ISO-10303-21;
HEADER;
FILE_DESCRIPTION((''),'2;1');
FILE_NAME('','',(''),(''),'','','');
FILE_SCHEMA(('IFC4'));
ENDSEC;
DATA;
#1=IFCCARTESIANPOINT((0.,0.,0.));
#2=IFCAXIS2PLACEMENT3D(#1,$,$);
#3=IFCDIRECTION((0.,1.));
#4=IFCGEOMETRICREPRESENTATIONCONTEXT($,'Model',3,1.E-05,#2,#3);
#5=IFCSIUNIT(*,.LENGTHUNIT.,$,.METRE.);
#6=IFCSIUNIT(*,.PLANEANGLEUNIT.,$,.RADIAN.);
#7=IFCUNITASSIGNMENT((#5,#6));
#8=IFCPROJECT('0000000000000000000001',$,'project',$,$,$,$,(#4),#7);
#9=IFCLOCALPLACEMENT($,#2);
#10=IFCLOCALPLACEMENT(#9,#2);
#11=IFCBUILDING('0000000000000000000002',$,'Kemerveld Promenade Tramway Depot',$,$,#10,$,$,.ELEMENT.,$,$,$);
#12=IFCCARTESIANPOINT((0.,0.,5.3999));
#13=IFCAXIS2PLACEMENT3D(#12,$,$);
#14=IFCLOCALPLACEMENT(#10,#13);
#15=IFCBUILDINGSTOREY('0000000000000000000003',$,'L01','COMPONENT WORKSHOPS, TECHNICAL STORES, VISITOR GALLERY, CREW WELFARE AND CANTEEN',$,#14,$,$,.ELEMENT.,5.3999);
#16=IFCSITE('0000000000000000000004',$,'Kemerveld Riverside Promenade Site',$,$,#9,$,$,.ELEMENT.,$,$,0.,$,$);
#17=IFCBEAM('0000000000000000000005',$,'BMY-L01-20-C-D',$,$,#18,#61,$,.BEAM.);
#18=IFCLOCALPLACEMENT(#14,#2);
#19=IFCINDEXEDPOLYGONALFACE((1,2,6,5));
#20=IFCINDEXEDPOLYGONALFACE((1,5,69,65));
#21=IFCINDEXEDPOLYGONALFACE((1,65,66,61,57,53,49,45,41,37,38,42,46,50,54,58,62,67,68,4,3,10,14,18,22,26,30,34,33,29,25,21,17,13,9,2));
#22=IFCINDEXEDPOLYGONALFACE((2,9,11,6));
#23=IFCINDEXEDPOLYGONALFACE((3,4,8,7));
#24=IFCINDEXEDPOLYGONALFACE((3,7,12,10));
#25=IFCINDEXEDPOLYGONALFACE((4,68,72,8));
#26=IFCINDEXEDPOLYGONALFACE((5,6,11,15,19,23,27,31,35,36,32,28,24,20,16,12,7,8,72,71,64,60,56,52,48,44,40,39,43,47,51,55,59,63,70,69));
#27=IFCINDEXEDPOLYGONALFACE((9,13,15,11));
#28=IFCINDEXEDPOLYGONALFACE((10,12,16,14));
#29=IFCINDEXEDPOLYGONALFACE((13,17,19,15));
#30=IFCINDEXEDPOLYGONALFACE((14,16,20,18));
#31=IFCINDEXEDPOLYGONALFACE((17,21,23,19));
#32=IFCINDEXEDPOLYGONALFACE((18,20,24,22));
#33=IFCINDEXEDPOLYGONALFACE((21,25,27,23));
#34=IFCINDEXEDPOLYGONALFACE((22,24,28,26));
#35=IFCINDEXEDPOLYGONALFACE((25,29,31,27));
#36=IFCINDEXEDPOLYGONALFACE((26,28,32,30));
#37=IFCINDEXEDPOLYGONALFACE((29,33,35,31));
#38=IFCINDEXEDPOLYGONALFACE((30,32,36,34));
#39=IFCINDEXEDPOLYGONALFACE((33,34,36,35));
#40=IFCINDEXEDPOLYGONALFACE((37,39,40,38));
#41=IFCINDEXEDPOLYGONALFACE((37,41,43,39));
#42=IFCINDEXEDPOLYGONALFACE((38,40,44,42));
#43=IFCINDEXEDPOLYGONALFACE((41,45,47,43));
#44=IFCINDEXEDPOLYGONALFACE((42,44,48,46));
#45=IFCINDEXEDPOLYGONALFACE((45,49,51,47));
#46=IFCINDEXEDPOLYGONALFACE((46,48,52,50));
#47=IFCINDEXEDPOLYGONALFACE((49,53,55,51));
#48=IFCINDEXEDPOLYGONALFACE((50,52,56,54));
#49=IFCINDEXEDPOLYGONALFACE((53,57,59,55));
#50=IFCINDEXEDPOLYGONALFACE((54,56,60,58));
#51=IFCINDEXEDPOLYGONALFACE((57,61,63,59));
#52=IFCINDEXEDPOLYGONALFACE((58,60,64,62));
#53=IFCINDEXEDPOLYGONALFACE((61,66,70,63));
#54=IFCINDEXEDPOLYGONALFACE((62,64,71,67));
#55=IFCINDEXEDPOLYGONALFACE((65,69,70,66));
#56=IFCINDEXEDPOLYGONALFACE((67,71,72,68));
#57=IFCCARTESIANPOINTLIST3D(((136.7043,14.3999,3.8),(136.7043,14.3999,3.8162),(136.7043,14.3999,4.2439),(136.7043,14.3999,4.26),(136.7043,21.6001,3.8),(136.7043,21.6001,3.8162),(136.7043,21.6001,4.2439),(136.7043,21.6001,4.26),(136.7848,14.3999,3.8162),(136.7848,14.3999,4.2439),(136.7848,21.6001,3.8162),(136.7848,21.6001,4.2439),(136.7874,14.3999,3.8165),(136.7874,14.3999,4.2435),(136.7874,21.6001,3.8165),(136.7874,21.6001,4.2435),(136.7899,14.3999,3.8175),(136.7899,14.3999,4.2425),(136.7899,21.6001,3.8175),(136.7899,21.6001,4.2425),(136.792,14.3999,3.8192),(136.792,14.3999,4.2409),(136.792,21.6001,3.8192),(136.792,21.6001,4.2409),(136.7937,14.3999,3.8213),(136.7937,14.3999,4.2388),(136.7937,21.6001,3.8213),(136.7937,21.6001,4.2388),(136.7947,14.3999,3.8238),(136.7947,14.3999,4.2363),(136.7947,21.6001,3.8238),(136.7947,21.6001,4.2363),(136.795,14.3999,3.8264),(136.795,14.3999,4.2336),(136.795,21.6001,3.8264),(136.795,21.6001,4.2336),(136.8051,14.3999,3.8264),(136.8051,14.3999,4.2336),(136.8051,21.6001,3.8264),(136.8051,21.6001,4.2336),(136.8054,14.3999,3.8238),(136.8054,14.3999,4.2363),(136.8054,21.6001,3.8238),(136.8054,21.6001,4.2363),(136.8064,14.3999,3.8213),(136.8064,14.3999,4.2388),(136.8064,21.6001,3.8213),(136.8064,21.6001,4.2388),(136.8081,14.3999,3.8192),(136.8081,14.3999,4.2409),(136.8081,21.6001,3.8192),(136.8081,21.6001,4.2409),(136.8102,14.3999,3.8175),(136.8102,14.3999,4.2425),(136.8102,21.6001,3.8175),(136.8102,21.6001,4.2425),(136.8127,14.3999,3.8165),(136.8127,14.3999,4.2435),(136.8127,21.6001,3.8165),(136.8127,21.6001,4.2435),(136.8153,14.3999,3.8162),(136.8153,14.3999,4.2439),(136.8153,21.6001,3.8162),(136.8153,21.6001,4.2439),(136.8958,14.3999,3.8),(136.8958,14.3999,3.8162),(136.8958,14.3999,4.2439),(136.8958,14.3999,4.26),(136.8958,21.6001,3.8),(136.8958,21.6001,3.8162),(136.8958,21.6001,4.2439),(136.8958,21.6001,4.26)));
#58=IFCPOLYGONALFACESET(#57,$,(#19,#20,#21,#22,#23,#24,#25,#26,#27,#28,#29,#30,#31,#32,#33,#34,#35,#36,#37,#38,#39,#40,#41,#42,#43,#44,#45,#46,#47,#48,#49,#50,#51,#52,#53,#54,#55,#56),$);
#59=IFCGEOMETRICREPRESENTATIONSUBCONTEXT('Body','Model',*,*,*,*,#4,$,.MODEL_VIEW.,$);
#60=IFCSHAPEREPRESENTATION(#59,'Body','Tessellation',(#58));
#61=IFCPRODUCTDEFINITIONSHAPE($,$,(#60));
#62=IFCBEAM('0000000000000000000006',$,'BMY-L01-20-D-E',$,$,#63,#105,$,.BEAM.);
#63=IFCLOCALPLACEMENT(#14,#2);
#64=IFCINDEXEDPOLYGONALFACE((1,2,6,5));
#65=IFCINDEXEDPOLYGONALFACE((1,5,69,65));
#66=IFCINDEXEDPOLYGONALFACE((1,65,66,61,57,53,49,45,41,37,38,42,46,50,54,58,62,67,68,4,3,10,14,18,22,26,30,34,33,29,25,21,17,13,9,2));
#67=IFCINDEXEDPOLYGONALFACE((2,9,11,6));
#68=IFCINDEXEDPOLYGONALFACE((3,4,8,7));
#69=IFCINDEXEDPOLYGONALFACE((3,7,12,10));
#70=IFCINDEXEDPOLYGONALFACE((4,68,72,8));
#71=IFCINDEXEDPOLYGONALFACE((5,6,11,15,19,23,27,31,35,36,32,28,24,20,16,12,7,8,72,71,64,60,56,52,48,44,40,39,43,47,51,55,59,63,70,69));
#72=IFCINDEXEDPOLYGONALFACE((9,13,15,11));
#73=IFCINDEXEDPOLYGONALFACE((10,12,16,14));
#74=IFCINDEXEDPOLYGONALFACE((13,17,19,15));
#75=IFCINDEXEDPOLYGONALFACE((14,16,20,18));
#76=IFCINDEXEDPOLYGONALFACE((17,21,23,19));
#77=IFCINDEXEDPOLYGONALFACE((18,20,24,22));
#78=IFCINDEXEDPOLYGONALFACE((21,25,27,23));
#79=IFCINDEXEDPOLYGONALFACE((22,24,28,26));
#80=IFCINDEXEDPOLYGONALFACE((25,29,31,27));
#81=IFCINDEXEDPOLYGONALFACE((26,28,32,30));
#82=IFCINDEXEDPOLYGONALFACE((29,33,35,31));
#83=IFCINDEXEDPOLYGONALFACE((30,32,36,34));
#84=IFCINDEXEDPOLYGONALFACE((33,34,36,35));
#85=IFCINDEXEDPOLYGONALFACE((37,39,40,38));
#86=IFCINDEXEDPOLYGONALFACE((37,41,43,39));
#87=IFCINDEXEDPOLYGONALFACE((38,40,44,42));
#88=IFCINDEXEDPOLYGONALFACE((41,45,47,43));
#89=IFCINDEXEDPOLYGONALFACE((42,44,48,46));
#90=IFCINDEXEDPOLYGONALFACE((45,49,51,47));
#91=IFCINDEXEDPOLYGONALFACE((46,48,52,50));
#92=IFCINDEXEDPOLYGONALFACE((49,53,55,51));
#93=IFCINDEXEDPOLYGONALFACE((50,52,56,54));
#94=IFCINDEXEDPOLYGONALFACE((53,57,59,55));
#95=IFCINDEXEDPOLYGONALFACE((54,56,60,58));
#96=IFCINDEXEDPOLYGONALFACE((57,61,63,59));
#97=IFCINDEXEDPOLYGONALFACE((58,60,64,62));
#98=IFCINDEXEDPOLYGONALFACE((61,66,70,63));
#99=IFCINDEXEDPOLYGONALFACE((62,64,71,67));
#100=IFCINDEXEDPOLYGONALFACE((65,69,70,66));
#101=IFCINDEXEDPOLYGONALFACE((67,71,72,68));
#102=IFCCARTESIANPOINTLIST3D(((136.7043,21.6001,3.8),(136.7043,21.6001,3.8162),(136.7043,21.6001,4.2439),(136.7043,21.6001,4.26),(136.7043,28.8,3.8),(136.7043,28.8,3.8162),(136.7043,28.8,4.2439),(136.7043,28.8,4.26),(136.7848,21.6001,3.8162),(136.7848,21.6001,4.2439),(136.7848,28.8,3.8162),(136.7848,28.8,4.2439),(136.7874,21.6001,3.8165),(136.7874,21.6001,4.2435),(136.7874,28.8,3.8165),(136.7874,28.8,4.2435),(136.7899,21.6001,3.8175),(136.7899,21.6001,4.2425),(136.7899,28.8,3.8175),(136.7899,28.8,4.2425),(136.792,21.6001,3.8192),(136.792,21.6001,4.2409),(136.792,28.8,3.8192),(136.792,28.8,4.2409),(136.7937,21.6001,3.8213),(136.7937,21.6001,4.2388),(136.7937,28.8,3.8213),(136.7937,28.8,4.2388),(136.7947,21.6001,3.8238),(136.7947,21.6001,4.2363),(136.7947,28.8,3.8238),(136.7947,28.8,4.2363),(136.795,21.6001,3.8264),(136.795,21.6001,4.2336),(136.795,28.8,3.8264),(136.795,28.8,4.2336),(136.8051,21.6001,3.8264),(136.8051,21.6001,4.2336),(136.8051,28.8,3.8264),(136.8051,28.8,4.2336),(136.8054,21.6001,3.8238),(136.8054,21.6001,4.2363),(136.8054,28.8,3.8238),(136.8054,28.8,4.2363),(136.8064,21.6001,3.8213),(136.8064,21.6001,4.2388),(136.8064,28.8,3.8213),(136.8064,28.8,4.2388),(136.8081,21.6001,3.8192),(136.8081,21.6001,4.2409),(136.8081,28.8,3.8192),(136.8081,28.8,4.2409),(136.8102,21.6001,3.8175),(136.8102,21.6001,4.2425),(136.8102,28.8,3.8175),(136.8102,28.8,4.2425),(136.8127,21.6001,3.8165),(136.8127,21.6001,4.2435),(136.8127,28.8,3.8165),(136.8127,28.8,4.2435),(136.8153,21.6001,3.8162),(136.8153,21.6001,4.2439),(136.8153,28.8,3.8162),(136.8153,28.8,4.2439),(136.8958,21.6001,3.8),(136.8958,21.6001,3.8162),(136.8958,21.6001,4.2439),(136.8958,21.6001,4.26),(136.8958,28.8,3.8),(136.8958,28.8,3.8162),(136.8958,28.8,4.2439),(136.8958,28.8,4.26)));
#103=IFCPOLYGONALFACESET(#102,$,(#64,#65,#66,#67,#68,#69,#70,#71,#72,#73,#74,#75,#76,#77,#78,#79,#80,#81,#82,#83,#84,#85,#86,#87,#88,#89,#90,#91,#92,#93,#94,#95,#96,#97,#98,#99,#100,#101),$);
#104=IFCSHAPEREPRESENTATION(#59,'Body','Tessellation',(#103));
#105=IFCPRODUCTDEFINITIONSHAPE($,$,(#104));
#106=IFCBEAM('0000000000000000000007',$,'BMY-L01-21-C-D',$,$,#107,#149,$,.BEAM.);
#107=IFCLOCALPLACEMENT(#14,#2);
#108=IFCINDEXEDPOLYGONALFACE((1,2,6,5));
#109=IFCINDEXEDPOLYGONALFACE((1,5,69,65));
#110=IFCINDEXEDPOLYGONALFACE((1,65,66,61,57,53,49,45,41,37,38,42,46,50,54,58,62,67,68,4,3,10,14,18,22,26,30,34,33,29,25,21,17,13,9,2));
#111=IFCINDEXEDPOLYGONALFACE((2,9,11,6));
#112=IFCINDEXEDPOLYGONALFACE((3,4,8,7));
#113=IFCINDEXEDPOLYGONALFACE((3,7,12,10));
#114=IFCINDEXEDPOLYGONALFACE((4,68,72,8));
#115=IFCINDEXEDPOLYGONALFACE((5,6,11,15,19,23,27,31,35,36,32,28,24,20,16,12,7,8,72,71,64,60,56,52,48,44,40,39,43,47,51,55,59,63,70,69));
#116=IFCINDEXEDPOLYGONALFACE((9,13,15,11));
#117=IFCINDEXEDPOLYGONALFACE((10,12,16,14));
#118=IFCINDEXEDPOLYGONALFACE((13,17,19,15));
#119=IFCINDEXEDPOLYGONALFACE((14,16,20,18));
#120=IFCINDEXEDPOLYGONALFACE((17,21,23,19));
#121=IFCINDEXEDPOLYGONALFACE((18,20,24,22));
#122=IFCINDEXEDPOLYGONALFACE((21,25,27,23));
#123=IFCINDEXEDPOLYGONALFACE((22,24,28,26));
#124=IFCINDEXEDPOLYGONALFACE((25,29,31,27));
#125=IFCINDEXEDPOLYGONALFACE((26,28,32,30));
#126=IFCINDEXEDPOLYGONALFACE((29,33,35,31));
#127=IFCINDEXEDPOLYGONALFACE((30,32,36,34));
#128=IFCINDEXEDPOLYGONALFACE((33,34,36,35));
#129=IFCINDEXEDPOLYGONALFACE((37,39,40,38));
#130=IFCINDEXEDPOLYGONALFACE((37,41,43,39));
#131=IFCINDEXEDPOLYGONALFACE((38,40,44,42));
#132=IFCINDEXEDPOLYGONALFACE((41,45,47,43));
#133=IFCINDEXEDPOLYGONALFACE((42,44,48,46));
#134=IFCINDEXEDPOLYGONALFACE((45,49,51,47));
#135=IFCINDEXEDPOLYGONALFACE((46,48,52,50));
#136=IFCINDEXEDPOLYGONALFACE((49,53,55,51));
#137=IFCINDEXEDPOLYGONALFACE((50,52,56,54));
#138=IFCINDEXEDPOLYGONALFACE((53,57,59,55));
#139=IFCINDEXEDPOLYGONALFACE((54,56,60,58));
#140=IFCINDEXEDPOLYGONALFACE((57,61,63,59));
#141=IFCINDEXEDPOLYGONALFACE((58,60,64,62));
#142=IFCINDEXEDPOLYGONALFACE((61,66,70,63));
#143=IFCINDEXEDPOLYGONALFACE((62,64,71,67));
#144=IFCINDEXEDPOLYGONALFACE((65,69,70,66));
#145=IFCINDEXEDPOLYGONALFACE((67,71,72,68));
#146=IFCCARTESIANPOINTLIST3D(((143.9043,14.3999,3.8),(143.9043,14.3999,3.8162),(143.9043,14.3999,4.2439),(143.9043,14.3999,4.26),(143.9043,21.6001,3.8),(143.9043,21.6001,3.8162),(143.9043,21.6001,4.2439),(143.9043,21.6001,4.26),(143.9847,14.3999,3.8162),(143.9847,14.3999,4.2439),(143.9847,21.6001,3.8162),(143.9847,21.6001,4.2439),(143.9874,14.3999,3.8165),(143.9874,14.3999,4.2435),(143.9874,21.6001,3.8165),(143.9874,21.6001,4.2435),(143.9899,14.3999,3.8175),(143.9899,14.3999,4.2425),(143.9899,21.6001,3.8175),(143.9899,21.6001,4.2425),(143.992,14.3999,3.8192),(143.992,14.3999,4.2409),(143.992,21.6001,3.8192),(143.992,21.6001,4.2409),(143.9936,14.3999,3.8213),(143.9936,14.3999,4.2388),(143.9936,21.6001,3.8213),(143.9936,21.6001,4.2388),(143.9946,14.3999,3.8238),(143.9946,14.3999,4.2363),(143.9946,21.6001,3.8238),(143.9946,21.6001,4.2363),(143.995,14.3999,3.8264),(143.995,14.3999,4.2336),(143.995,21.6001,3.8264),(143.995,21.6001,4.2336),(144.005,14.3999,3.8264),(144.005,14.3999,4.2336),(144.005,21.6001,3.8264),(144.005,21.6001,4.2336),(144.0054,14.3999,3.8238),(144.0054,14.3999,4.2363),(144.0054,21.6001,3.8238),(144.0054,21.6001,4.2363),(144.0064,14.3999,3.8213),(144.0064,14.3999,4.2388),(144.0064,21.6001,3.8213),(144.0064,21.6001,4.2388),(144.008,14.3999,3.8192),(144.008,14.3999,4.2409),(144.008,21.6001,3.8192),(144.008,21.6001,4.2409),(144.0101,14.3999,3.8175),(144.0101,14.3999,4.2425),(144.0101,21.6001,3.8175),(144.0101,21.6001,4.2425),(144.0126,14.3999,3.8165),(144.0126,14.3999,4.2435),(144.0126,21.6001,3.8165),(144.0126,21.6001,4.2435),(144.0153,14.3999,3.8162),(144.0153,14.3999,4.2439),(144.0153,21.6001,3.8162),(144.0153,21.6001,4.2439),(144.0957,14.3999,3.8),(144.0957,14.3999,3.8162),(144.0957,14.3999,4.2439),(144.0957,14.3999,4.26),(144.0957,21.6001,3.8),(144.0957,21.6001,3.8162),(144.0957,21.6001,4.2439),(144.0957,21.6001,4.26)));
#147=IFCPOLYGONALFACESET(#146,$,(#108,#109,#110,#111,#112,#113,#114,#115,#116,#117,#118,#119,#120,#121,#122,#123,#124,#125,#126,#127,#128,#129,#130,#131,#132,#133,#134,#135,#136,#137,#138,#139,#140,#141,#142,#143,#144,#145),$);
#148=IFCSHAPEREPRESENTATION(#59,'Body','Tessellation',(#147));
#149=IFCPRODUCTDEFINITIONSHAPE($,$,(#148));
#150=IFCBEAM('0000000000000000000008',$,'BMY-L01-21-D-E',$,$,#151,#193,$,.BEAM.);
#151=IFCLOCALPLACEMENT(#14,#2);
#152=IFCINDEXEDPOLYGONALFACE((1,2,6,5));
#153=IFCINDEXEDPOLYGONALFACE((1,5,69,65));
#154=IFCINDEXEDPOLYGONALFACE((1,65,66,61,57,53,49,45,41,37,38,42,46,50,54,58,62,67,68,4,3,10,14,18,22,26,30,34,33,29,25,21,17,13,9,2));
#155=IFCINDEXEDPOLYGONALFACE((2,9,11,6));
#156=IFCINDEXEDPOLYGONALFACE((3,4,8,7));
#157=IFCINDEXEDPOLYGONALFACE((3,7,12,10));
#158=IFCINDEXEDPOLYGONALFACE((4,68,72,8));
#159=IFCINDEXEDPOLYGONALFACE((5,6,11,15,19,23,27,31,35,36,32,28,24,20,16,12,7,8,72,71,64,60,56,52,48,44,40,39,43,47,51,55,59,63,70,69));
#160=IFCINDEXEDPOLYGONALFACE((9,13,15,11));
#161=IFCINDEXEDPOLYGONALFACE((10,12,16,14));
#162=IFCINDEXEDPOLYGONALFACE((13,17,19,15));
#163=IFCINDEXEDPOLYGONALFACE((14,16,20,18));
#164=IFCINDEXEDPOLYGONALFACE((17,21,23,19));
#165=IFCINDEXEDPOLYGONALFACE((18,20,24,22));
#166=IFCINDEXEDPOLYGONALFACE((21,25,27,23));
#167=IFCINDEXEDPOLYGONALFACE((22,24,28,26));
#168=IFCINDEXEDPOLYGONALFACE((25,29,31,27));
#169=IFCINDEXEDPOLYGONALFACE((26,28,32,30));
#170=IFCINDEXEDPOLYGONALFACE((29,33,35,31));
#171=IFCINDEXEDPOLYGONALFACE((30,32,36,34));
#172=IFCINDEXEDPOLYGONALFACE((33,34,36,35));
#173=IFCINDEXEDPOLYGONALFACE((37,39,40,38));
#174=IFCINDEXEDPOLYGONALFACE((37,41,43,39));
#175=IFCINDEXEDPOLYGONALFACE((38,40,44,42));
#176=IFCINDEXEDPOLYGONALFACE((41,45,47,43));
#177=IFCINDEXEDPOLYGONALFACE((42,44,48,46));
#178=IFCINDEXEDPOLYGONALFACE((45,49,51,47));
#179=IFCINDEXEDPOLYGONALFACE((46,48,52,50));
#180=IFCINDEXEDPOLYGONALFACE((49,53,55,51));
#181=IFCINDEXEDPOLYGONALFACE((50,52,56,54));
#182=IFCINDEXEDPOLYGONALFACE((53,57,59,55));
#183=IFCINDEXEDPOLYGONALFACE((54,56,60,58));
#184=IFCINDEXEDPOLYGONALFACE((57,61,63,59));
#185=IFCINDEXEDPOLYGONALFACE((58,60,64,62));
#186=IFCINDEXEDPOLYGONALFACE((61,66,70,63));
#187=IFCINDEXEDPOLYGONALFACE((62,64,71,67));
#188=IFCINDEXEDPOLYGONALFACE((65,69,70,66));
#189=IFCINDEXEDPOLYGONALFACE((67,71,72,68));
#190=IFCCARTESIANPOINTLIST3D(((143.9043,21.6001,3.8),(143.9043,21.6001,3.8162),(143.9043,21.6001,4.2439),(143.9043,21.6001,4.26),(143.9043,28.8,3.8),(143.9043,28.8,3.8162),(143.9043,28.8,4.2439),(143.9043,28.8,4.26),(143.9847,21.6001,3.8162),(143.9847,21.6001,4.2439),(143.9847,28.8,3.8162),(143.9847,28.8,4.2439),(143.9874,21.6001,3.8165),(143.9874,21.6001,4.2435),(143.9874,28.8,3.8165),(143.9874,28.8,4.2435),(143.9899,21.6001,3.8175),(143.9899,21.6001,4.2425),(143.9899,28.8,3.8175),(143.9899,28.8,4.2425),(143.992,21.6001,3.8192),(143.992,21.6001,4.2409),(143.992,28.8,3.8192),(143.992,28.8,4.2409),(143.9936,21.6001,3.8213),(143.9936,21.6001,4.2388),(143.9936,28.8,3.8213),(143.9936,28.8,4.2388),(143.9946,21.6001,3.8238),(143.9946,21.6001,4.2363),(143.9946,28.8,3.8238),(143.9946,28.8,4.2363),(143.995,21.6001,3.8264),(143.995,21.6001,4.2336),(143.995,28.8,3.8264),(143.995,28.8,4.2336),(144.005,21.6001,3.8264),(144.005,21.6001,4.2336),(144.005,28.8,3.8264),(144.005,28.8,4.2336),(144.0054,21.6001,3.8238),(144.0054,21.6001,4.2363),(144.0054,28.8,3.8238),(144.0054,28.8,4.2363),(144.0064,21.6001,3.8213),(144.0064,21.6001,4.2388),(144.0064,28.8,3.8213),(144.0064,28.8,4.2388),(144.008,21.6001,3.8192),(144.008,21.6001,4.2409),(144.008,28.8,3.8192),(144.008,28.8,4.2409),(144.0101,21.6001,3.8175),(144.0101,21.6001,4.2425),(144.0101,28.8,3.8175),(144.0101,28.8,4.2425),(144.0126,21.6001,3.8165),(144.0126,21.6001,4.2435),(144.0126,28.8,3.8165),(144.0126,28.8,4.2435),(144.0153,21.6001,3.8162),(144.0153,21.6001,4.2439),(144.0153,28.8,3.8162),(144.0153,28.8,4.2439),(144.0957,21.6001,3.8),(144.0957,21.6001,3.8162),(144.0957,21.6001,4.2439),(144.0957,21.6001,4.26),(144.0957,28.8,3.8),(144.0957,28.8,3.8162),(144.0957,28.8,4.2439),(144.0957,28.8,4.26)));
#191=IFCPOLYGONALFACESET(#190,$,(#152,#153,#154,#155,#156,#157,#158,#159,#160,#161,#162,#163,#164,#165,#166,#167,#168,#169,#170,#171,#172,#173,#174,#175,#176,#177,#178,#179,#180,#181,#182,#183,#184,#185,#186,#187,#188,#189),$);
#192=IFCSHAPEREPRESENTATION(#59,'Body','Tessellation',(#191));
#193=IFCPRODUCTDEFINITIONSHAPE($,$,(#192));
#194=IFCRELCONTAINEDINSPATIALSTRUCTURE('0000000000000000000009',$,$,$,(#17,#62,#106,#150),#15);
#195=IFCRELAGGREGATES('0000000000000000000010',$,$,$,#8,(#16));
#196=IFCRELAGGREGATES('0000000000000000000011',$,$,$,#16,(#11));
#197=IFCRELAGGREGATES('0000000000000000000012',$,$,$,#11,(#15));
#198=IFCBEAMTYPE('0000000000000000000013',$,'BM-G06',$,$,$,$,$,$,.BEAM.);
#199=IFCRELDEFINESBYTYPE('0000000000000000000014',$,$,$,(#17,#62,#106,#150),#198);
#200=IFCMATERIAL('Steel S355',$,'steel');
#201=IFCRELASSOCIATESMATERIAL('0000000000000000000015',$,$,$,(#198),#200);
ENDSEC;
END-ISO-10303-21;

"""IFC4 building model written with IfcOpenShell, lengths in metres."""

from ifc_helpers import new_model, si_unit, direction, frame, origin, origin_2d, place, context, subcontext, project, spatial, i_section, extrude, material, material_profile, profile_set, type_object, element, save


model = new_model("IFC4")

# Units and contexts
model_context = context("Model", 3, precision=1e-05, world=origin(), true_north=direction((0.0, 1.0)))
body_context = subcontext(model_context, "Body", "Model", "MODEL_VIEW")
ifc_project = project(units=[si_unit("LENGTHUNIT", "METRE"), si_unit("PLANEANGLEUNIT", "RADIAN")], contexts=[model_context])

# Site, building, storey
site_placement = place(None, origin())
site = spatial("IfcSite", under=ifc_project, at=site_placement, Name="Kemerveld Riverside Promenade Site", CompositionType="ELEMENT", RefElevation=0.0)
building_placement = place(site_placement, origin())
building = spatial("IfcBuilding", under=site, at=building_placement, Name="Kemerveld Promenade Tramway Depot", CompositionType="ELEMENT")
storey_placement = place(building_placement, frame((0.0, 0.0, 5.3999)))
storey = spatial("IfcBuildingStorey", under=building, at=storey_placement, Name="L01", Description="COMPONENT WORKSHOPS, TECHNICAL STORES, VISITOR GALLERY, CREW WELFARE AND CANTEEN", CompositionType="ELEMENT", Elevation=5.3999)

# Shared definitions
ifc_material_1 = material(Name="Steel S355", Category="steel")

# Beams
ifc_material_profile_1 = material_profile(ifc_material_1, i_section(OverallWidth=0.1914, OverallDepth=0.46, WebThickness=0.01, FlangeThickness=0.0161, FilletRadius=0.0103, at=origin_2d()), Name="457x191x82 UB")
ifc_profile_set_1 = profile_set([ifc_material_profile_1], Name="Steel S355")
beam_type_1 = type_object("IfcBeamType", Name="BM-G06", PredefinedType="BEAM", material=ifc_profile_set_1)
beam_1_placement = place(storey_placement, frame((136.8, 14.3999, 4.03), z_axis=(0.0, 1.0, 0.0), x_axis=(-1.0, 0.0, 0.0)))
element("IfcBeam", 1, at=beam_1_placement, inside=storey, type_object=beam_type_1, Name="BMY-L01-20-C-D", PredefinedType="BEAM", context=body_context, shape_type="SweptSolid", body=[
    extrude(i_section(OverallWidth=0.1914, OverallDepth=0.46, WebThickness=0.01, FlangeThickness=0.0161, FilletRadius=0.0103, at=origin_2d()), origin(), (0.0, 0.0, 1.0), 7.2002),
])
beam_2_placement = place(storey_placement, frame((136.8, 21.6001, 4.03), z_axis=(0.0, 1.0, 0.0), x_axis=(-1.0, 0.0, 0.0)))
element("IfcBeam", 2, at=beam_2_placement, inside=storey, type_object=beam_type_1, Name="BMY-L01-20-D-E", PredefinedType="BEAM", context=body_context, shape_type="SweptSolid", body=[
    extrude(i_section(OverallWidth=0.1914, OverallDepth=0.46, WebThickness=0.01, FlangeThickness=0.0161, FilletRadius=0.0103, at=origin_2d()), origin(), (0.0, 0.0, 1.0), 7.2),
])
beam_3_placement = place(storey_placement, frame((144.0, 14.3999, 4.03), z_axis=(0.0, 1.0, 0.0), x_axis=(-1.0, 0.0, 0.0)))
element("IfcBeam", 3, at=beam_3_placement, inside=storey, type_object=beam_type_1, Name="BMY-L01-21-C-D", PredefinedType="BEAM", context=body_context, shape_type="SweptSolid", body=[
    extrude(i_section(OverallWidth=0.1914, OverallDepth=0.46, WebThickness=0.01, FlangeThickness=0.0161, FilletRadius=0.0103, at=origin_2d()), origin(), (0.0, 0.0, 1.0), 7.2002),
])
beam_4_placement = place(storey_placement, frame((144.0, 21.6001, 4.03), z_axis=(0.0, 1.0, 0.0), x_axis=(-1.0, 0.0, 0.0)))
element("IfcBeam", 4, at=beam_4_placement, inside=storey, type_object=beam_type_1, Name="BMY-L01-21-D-E", PredefinedType="BEAM", context=body_context, shape_type="SweptSolid", body=[
    extrude(i_section(OverallWidth=0.1914, OverallDepth=0.46, WebThickness=0.01, FlangeThickness=0.0161, FilletRadius=0.0103, at=origin_2d()), origin(), (0.0, 0.0, 1.0), 7.2),
])

save(model, "model.ifc")
